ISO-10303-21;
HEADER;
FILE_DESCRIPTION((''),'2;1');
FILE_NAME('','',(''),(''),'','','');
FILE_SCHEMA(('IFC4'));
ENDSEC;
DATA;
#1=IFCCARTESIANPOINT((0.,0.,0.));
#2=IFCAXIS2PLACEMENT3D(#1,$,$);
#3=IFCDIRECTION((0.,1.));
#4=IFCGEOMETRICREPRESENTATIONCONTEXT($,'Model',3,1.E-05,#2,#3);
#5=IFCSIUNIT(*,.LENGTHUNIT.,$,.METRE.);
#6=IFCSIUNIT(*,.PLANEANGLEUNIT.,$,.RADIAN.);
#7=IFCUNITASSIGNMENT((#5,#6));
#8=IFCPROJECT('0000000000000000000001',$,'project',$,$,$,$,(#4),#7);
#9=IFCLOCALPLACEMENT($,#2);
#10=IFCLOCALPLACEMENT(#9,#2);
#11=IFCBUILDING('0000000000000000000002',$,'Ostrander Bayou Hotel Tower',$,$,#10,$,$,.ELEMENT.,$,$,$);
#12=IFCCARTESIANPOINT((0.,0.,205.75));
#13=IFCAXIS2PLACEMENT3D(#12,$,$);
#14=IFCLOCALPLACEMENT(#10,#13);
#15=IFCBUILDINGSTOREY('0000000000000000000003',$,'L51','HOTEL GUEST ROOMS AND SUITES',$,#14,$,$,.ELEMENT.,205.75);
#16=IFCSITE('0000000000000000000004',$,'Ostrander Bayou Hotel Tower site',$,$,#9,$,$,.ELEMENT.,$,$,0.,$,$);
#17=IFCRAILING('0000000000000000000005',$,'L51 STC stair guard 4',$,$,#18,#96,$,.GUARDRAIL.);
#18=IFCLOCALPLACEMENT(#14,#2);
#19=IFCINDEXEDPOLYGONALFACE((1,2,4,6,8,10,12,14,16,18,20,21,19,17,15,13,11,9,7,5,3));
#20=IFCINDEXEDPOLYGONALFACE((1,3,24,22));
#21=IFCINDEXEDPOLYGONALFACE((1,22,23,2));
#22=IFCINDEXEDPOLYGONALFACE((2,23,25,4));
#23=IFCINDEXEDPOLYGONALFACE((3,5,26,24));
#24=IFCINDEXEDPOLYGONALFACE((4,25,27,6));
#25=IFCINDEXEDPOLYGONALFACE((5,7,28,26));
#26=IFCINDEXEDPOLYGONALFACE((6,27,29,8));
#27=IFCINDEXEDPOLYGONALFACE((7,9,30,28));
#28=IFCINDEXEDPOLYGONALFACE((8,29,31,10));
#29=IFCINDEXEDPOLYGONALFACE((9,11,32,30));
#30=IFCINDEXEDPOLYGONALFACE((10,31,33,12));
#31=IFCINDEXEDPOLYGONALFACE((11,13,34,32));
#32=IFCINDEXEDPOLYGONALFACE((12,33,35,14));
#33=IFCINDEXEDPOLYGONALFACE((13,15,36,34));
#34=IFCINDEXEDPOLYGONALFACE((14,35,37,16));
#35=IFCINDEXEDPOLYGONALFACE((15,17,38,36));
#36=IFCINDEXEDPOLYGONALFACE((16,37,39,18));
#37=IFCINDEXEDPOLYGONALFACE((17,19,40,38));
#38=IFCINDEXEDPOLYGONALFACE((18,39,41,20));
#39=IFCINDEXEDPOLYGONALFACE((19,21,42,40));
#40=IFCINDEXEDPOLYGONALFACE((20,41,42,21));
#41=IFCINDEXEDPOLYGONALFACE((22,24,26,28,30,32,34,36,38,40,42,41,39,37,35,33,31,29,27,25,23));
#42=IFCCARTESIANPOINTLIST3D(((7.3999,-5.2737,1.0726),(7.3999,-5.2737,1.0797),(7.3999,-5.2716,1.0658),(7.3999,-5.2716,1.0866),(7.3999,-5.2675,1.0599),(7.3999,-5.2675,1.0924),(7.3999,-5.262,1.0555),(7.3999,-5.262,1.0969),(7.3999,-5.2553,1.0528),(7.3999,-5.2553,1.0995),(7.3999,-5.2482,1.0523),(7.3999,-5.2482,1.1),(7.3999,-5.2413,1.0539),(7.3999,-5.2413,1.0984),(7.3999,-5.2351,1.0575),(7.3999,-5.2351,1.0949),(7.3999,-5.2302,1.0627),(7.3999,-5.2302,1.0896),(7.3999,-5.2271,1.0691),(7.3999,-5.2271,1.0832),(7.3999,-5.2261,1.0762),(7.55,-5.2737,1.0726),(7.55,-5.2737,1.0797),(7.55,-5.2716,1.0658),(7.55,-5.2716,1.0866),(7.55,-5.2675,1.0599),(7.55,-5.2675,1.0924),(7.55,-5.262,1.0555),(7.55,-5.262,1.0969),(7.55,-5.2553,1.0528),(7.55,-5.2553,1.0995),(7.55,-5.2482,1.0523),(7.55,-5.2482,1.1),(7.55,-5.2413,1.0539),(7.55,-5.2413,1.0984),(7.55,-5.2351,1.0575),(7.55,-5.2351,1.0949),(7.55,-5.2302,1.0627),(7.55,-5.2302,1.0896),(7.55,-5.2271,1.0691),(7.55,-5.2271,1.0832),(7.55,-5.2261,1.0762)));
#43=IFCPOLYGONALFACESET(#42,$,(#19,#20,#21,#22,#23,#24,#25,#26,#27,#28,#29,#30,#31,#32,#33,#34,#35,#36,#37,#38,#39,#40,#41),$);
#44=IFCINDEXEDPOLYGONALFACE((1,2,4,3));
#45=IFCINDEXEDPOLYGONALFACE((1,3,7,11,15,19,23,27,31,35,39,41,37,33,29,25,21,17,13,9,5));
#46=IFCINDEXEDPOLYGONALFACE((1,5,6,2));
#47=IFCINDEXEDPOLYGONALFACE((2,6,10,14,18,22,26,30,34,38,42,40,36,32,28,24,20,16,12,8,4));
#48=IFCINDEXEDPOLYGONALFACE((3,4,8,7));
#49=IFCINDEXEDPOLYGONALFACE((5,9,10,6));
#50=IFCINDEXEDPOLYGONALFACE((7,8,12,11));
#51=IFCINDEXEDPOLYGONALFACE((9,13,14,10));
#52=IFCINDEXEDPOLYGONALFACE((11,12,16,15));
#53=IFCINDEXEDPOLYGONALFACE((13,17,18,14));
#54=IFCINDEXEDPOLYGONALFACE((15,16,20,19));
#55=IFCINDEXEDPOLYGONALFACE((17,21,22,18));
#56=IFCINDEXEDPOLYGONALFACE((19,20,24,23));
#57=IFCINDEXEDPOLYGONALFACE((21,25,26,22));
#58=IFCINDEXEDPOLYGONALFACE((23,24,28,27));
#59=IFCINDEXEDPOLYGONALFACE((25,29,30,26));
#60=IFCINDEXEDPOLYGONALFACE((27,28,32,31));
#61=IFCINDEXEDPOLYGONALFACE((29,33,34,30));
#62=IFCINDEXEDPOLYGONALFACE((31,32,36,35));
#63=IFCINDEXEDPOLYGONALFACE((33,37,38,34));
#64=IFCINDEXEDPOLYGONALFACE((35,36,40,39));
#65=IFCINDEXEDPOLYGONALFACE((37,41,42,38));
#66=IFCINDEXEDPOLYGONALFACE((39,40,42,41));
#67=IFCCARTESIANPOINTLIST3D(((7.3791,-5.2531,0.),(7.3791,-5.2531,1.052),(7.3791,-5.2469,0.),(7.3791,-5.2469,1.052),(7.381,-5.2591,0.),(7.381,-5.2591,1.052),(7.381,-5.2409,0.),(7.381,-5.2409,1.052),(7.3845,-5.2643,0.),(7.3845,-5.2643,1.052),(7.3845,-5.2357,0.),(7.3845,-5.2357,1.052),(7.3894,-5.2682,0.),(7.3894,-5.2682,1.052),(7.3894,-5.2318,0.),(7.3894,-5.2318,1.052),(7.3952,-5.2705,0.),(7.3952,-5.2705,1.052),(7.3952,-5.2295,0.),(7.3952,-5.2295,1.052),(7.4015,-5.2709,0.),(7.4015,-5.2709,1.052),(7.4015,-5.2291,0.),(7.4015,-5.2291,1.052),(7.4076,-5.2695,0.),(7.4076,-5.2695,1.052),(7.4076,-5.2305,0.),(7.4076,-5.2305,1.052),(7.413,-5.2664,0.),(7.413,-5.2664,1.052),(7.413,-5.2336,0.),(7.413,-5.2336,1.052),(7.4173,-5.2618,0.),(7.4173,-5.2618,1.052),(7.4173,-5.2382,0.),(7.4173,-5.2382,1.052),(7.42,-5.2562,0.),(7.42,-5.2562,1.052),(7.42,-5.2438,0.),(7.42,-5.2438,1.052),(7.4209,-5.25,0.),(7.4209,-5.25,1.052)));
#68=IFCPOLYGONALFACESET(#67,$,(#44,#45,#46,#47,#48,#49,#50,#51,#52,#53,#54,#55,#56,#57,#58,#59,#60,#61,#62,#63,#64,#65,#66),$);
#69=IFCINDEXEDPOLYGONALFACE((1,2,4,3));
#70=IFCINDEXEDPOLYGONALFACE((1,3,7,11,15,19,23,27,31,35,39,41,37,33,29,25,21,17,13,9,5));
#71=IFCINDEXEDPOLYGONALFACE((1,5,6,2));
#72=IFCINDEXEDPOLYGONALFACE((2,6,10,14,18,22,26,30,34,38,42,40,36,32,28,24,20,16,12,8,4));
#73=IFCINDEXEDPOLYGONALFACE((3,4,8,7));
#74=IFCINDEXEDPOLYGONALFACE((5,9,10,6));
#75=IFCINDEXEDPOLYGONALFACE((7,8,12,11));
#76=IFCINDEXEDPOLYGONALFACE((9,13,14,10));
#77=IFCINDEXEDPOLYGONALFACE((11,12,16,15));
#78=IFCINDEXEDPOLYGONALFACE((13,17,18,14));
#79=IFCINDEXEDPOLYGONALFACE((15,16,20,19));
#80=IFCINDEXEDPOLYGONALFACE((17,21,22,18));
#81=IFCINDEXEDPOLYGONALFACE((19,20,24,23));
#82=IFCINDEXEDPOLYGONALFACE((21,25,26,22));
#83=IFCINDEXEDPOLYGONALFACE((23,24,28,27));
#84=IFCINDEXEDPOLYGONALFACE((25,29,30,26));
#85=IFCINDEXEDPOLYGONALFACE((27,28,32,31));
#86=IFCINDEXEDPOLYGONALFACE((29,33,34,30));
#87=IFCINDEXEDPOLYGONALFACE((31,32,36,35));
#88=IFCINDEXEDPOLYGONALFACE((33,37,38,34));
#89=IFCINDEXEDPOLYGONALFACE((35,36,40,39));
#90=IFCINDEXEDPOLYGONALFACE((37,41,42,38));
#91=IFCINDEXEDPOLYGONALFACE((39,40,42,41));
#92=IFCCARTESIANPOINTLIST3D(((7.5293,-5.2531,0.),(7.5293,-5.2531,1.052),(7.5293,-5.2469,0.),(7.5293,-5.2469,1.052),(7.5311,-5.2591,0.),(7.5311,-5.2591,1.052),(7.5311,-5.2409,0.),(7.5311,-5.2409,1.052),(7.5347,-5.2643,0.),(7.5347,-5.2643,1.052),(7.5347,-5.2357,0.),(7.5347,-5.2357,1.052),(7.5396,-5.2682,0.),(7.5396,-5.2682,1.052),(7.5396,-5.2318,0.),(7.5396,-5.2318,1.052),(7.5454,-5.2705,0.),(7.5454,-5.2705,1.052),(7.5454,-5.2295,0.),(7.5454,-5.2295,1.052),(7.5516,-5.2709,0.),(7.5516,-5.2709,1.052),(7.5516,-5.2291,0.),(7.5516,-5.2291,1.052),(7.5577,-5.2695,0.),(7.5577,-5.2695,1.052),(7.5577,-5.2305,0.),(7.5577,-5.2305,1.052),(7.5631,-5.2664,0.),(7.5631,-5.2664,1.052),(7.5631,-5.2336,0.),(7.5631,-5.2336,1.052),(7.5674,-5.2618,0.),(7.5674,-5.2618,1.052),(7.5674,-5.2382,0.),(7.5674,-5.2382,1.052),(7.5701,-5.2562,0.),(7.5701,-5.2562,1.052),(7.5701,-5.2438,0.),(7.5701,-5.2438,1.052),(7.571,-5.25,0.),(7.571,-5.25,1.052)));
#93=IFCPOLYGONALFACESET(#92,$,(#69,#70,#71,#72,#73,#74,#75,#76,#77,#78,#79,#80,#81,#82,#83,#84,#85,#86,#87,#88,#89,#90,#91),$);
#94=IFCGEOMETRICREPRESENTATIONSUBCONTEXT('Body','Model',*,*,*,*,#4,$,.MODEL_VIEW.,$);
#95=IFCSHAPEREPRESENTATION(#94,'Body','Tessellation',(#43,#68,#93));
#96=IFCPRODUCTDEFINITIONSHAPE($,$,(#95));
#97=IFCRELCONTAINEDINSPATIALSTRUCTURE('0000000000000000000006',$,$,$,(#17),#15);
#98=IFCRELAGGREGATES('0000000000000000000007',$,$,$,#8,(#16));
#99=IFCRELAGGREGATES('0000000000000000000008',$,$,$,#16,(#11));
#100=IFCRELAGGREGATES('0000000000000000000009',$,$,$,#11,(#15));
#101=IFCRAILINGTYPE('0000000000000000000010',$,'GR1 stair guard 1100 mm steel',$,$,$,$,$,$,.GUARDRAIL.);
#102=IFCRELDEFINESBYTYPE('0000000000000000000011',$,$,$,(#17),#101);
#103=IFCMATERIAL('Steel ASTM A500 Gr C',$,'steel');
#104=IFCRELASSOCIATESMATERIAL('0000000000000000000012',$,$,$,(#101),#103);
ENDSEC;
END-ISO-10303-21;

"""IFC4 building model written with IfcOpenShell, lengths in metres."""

from ifc_helpers import new_model, si_unit, direction, frame, origin, origin_2d, place, context, subcontext, project, spatial, circle, extrude, material, type_object, element, save


model = new_model("IFC4")

# Units and contexts
model_context = context("Model", 3, precision=1e-05, world=origin(), true_north=direction((0.0, 1.0)))
body_context = subcontext(model_context, "Body", "Model", "MODEL_VIEW")
ifc_project = project(units=[si_unit("LENGTHUNIT", "METRE"), si_unit("PLANEANGLEUNIT", "RADIAN")], contexts=[model_context])

# Site, building, storey
site_placement = place(None, origin())
site = spatial("IfcSite", under=ifc_project, at=site_placement, Name="Ostrander Bayou Hotel Tower site", CompositionType="ELEMENT", RefElevation=0.0)
building_placement = place(site_placement, origin())
building = spatial("IfcBuilding", under=site, at=building_placement, Name="Ostrander Bayou Hotel Tower", CompositionType="ELEMENT")
storey_placement = place(building_placement, frame((0.0, 0.0, 205.75)))
storey = spatial("IfcBuildingStorey", under=building, at=storey_placement, Name="L51", Description="HOTEL GUEST ROOMS AND SUITES", CompositionType="ELEMENT", Elevation=205.75)

# Railing
ifc_material_1 = material(Name="Steel ASTM A500 Gr C", Category="steel")
railing_type_1 = type_object("IfcRailingType", Name="GR1 stair guard 1100 mm steel", PredefinedType="GUARDRAIL", material=ifc_material_1)
railing_1_placement = place(storey_placement, frame((7.3999, -5.25, 0.0)))
element("IfcRailing", 1, at=railing_1_placement, inside=storey, type_object=railing_type_1, Name="L51 STC stair guard 4", PredefinedType="GUARDRAIL", context=body_context, shape_type="SweptSolid", body=[
    extrude(circle(Radius=0.0239, at=origin_2d()), frame((0.0, 0.0, 1.0762), z_axis=(1.0, 0.0, 0.0), x_axis=(0.0, 1.0, 0.0)), (0.0, 0.0, 1.0), 0.1501),
    extrude(circle(Radius=0.021, at=origin_2d()), origin(), (0.0, 0.0, 1.0), 1.052),
    extrude(circle(Radius=0.021, at=origin_2d()), frame((0.1501, 0.0, 0.0)), (0.0, 0.0, 1.0), 1.052),
])

save(model, "model.ifc")
